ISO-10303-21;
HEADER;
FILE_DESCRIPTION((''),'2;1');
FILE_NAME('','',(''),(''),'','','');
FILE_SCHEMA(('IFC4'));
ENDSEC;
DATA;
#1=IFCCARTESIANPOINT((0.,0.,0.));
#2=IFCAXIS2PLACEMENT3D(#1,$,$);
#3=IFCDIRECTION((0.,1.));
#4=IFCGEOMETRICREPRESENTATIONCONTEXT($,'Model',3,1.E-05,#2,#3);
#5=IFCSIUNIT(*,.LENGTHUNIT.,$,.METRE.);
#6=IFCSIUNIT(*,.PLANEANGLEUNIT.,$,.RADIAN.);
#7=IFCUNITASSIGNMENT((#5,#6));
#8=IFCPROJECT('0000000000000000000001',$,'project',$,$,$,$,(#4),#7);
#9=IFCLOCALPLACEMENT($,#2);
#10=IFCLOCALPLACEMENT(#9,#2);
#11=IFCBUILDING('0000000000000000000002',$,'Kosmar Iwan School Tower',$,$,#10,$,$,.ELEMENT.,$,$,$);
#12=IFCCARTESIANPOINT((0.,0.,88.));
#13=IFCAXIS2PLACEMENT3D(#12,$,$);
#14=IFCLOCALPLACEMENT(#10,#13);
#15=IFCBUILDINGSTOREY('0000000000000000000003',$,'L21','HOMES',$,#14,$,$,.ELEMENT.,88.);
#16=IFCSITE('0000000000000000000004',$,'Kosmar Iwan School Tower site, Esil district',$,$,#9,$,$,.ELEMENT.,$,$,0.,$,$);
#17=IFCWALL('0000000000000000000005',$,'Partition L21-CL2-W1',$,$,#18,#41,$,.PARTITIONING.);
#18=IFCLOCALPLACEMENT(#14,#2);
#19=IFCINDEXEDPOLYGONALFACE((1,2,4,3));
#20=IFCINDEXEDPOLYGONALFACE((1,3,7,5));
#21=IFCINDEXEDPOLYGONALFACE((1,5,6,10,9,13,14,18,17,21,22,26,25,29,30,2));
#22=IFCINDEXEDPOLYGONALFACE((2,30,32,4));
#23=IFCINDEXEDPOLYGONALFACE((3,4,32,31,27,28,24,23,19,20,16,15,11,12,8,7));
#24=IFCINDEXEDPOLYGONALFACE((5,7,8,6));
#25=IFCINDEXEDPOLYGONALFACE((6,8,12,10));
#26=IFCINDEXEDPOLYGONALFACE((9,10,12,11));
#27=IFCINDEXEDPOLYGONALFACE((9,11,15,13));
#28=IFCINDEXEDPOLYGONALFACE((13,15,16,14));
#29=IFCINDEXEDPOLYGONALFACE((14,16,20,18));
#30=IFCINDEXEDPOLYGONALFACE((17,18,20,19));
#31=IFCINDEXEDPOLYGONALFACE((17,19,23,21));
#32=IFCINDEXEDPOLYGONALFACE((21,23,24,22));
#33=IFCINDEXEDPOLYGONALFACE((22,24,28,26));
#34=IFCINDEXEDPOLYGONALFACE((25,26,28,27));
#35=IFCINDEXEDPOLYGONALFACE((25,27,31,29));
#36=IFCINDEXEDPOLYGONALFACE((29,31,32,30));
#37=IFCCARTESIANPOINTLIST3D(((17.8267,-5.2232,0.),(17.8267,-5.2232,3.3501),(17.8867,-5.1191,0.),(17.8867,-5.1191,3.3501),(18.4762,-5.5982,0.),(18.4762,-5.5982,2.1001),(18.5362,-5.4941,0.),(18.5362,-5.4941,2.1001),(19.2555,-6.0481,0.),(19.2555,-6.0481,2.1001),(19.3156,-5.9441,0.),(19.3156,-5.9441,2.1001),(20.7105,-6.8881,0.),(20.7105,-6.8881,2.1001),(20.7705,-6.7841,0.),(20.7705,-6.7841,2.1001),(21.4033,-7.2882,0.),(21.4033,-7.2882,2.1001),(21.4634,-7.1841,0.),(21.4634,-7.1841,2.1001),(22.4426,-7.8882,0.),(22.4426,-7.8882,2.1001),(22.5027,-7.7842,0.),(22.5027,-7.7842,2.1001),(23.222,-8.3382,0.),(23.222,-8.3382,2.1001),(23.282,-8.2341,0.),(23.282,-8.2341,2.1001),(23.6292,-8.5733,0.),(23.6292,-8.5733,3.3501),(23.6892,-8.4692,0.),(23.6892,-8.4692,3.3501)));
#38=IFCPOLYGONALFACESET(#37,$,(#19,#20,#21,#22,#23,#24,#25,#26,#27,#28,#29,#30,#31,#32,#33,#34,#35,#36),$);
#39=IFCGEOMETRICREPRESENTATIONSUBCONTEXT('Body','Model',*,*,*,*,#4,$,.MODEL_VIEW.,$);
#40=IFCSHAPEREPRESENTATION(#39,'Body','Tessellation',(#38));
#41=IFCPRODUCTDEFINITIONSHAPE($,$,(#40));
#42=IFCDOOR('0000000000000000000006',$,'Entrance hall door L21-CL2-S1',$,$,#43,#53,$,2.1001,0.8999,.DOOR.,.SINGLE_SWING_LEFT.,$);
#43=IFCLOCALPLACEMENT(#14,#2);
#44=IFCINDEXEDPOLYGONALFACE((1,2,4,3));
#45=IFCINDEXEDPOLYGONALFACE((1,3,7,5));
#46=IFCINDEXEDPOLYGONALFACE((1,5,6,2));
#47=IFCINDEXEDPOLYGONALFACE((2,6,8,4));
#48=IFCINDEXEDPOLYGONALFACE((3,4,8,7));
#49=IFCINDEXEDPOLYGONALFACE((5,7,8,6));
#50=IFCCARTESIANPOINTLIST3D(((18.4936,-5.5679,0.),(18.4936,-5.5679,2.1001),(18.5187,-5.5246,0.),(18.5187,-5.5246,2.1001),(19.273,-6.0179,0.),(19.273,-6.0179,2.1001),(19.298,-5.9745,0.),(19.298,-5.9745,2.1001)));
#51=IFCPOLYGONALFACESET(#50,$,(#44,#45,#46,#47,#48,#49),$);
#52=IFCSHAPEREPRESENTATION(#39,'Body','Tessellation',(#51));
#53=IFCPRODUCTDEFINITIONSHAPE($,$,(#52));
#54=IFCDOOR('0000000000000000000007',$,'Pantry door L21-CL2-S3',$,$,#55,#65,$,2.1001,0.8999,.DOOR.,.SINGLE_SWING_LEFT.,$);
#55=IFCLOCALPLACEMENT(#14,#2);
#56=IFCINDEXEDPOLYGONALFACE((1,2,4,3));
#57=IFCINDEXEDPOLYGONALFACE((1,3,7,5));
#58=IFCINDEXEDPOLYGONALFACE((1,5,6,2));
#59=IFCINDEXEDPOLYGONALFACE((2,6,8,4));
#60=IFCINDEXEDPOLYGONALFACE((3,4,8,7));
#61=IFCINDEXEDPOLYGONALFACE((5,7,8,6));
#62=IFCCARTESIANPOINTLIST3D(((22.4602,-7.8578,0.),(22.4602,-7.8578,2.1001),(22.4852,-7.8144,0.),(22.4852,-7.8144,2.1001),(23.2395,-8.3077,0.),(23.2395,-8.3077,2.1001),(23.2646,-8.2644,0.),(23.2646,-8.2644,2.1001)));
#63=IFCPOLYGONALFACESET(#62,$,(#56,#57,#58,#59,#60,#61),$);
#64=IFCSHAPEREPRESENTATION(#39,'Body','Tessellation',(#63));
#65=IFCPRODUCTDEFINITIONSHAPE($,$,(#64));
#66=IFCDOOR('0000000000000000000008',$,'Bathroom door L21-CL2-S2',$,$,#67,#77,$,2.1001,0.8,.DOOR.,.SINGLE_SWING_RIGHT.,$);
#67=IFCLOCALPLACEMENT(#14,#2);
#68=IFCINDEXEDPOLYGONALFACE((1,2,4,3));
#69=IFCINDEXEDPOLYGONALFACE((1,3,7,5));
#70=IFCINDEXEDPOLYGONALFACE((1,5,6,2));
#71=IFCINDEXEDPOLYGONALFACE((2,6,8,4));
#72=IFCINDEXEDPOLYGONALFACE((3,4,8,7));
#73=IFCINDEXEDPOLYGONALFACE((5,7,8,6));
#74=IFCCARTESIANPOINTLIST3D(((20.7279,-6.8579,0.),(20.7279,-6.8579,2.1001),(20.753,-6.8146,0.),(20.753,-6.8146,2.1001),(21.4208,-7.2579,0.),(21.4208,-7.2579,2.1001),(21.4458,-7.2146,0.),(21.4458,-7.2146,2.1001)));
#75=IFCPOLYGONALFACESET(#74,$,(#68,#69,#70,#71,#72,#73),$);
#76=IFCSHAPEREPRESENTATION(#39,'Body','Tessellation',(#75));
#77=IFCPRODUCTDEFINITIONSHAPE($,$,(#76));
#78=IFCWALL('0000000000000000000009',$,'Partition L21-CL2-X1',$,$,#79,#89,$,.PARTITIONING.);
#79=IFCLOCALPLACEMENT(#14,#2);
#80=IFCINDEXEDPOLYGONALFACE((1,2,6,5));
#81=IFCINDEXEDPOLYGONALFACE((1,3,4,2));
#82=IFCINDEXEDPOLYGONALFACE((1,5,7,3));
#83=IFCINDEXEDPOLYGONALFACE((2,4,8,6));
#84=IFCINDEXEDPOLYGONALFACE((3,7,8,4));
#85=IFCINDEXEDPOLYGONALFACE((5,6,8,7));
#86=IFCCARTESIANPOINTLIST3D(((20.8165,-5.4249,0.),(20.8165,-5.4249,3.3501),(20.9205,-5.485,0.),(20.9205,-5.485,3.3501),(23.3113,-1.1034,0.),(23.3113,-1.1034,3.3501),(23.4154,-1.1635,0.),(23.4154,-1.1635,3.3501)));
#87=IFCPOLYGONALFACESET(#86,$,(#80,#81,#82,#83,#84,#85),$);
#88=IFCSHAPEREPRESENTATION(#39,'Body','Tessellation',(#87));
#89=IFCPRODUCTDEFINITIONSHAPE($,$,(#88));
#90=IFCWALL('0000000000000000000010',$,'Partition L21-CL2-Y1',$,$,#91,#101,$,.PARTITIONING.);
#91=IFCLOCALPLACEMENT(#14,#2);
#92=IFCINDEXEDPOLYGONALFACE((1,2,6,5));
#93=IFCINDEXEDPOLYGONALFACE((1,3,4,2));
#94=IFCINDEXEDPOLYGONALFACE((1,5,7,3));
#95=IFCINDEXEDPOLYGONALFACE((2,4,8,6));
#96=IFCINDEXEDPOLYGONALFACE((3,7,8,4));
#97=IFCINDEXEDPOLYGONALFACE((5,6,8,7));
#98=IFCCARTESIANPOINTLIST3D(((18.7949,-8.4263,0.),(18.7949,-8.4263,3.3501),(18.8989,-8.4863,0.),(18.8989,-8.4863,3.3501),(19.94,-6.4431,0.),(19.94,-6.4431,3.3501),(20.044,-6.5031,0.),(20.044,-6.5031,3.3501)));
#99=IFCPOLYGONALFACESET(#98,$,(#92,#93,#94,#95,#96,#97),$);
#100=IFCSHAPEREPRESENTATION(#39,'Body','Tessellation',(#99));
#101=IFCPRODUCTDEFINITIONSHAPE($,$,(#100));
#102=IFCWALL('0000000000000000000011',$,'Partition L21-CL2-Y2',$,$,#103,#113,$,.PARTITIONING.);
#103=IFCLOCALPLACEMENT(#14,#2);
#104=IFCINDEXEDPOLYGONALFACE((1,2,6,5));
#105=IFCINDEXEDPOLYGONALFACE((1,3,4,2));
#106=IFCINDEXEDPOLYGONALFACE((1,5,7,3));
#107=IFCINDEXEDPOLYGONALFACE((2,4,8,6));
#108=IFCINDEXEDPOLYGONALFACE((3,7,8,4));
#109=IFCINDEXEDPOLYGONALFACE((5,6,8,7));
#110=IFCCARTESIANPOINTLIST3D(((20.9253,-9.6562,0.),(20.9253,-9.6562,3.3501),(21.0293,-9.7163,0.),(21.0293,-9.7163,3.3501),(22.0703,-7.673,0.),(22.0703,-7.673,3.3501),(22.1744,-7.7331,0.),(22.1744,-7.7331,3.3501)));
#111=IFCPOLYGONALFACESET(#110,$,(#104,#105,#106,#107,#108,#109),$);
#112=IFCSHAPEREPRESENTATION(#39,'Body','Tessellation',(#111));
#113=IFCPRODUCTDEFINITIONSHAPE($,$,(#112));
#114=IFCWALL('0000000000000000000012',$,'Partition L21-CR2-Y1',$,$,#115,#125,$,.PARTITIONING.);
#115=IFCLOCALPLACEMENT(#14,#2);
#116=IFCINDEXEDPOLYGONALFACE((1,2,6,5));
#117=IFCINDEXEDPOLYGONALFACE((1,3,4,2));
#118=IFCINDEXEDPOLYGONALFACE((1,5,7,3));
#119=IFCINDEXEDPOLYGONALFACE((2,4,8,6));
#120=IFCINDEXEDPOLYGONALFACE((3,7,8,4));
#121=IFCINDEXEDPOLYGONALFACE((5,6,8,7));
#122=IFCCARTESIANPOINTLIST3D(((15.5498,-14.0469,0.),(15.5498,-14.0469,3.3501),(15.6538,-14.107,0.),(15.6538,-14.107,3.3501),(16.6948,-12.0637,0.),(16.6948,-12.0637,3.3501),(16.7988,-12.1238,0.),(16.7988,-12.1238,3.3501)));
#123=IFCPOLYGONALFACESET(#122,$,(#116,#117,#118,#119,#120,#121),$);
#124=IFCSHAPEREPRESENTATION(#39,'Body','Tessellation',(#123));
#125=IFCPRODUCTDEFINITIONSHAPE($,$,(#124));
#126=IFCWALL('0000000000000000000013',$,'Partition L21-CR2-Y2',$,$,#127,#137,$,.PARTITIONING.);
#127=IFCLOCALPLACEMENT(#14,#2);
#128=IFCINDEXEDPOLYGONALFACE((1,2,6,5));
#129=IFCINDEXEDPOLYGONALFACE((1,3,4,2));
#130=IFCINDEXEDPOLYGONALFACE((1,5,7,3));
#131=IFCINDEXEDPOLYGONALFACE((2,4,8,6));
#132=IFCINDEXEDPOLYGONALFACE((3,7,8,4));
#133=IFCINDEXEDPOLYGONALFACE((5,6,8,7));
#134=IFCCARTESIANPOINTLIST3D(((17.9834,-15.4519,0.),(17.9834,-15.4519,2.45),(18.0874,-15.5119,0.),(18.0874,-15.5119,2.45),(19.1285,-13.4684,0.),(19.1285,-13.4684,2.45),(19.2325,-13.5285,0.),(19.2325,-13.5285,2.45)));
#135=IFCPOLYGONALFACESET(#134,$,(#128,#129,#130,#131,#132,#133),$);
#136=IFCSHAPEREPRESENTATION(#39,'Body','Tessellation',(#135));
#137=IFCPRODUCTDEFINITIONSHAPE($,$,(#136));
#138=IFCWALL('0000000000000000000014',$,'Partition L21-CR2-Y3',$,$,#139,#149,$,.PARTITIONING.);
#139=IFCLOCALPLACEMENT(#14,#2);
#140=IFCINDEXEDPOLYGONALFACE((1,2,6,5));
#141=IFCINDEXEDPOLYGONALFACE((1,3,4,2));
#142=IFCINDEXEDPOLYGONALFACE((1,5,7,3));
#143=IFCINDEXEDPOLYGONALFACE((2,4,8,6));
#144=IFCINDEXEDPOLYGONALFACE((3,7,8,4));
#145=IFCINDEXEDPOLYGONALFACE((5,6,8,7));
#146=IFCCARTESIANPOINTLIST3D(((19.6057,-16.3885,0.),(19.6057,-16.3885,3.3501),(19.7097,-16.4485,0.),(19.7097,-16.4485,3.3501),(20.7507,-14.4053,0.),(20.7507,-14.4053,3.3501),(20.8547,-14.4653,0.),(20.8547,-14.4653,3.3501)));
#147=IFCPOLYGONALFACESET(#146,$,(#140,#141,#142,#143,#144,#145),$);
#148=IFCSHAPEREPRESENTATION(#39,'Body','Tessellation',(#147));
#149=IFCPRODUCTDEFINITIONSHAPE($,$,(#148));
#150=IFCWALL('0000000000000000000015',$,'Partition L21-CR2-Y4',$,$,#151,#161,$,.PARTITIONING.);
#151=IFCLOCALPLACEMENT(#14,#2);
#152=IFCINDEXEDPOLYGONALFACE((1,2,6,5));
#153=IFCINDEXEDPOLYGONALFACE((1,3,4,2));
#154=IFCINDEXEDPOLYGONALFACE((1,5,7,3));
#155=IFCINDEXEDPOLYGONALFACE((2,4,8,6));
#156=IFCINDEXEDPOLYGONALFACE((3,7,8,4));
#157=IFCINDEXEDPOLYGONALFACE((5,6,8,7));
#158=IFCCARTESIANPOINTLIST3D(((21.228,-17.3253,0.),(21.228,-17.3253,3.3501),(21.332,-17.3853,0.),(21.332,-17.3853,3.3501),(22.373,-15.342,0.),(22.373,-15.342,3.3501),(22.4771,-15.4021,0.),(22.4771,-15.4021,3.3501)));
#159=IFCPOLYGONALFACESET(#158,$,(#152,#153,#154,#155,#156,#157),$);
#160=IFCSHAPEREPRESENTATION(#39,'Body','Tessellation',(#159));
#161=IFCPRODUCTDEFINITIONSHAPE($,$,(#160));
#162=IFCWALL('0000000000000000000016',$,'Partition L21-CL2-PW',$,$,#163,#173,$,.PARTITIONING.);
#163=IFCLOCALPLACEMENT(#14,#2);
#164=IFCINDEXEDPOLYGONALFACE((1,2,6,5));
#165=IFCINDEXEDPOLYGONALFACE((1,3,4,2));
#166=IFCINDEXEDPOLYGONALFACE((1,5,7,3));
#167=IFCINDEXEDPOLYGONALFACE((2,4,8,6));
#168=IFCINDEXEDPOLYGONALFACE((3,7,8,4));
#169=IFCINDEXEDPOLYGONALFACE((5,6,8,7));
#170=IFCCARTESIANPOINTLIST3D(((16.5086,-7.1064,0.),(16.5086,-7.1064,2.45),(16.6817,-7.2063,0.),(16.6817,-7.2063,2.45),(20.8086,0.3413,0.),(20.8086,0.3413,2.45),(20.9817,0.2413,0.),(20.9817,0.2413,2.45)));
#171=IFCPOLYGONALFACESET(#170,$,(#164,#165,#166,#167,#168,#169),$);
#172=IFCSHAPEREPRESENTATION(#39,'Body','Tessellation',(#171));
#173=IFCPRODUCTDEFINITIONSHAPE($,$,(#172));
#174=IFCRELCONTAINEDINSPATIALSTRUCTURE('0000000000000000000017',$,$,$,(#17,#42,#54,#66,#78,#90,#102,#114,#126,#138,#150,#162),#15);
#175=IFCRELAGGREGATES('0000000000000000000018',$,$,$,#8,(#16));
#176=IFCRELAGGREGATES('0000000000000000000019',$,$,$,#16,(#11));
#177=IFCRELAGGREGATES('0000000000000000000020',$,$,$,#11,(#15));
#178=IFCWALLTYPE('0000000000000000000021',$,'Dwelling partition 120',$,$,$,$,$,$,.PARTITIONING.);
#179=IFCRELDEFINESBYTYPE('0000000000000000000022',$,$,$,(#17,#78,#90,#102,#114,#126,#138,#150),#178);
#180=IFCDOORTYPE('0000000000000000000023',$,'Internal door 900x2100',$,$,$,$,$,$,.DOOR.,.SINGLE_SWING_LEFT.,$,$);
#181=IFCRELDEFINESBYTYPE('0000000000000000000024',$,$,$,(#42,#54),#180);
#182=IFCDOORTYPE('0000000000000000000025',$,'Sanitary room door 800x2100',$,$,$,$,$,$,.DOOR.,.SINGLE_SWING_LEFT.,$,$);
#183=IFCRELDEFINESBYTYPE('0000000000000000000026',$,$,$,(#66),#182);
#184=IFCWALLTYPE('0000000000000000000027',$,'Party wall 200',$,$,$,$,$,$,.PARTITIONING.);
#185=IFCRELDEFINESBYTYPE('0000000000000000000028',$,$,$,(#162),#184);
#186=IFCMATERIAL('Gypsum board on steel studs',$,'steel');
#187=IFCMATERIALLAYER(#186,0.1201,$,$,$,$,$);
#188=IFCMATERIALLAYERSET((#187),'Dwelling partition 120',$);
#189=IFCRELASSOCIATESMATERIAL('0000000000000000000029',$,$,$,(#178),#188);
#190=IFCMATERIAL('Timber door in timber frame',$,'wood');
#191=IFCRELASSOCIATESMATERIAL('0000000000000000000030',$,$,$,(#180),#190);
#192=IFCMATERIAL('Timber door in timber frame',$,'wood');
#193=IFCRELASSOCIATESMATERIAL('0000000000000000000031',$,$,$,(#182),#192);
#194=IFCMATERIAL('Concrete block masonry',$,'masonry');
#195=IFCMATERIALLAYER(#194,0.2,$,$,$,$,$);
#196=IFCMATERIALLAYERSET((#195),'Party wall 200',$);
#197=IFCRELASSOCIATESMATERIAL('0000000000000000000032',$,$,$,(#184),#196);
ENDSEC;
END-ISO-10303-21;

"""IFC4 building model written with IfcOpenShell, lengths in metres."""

from ifc_helpers import new_model, si_unit, direction, frame, frame_2d, origin, place, context, subcontext, project, spatial, rectangle, extrude, material, layer, layer_set, type_object, element, fill, save


model = new_model("IFC4")

# Units and contexts
model_context = context("Model", 3, precision=1e-05, world=origin(), true_north=direction((0.0, 1.0)))
body_context = subcontext(model_context, "Body", "Model", "MODEL_VIEW")
ifc_project = project(units=[si_unit("LENGTHUNIT", "METRE"), si_unit("PLANEANGLEUNIT", "RADIAN")], contexts=[model_context])

# Site, building, storey
site_placement = place(None, origin())
site = spatial("IfcSite", under=ifc_project, at=site_placement, Name="Kosmar Iwan School Tower site, Esil district", CompositionType="ELEMENT", RefElevation=0.0)
building_placement = place(site_placement, origin())
building = spatial("IfcBuilding", under=site, at=building_placement, Name="Kosmar Iwan School Tower", CompositionType="ELEMENT")
storey_placement = place(building_placement, frame((0.0, 0.0, 88.0)))
storey = spatial("IfcBuildingStorey", under=building, at=storey_placement, Name="L21", Description="HOMES", CompositionType="ELEMENT", Elevation=88.0)

# Wall, openings, doors
ifc_material_1 = material(Name="Gypsum board on steel studs", Category="steel")
ifc_layer_1 = layer(ifc_material_1, 0.1201)
ifc_layer_set_1 = layer_set([ifc_layer_1], Name="Dwelling partition 120")
wall_type_1 = type_object("IfcWallType", Name="Dwelling partition 120", PredefinedType="PARTITIONING", material=ifc_layer_set_1)
wall_1_placement = place(storey_placement, frame((17.8567, -5.1711, 0.0), z_axis=(0.0, 0.0, 1.0), x_axis=(0.866024, -0.500003, 0.0)))
wall_1 = element("IfcWall", 1, at=wall_1_placement, inside=storey, type_object=wall_type_1, Name="Partition L21-CL2-W1", PredefinedType="PARTITIONING", context=body_context, shape_type="SweptSolid", body=[
    extrude(rectangle(XDim=6.7002, YDim=0.1201, at=frame_2d((3.3501, 0.0))), origin(), (0.0, 0.0, 1.0), 3.3501),
])
opening_1_placement = place(wall_1_placement, frame((0.75, 0.0, 0.0)))
opening_1 = element("IfcOpeningElement", 2, at=opening_1_placement, cuts=wall_1, PredefinedType="OPENING", context=body_context, shape_type="SweptSolid", body=[
    extrude(rectangle(XDim=0.8999, YDim=2.1001, at=frame_2d((0.45, 1.05))), frame((0.0, 0.072, 0.0), z_axis=(0.0, -1.0, 0.0), x_axis=(1.0, 0.0, 0.0)), (0.0, 0.0, 1.0), 0.144),
])
opening_2_placement = place(wall_1_placement, frame((3.3301, 0.0, 0.0)))
opening_2 = element("IfcOpeningElement", 3, at=opening_2_placement, cuts=wall_1, PredefinedType="OPENING", context=body_context, shape_type="SweptSolid", body=[
    extrude(rectangle(XDim=0.8, YDim=2.1001, at=frame_2d((0.3999, 1.05))), frame((0.0, 0.072, 0.0), z_axis=(0.0, -1.0, 0.0), x_axis=(1.0, 0.0, 0.0)), (0.0, 0.0, 1.0), 0.144),
])
opening_3_placement = place(wall_1_placement, frame((5.3301, 0.0, 0.0)))
opening_3 = element("IfcOpeningElement", 4, at=opening_3_placement, cuts=wall_1, PredefinedType="OPENING", context=body_context, shape_type="SweptSolid", body=[
    extrude(rectangle(XDim=0.8999, YDim=2.1001, at=frame_2d((0.45, 1.05))), frame((0.0, 0.072, 0.0), z_axis=(0.0, -1.0, 0.0), x_axis=(1.0, 0.0, 0.0)), (0.0, 0.0, 1.0), 0.144),
])
ifc_material_2 = material(Name="Timber door in timber frame", Category="wood")
door_type_1 = type_object("IfcDoorType", Name="Internal door 900x2100", OperationType="SINGLE_SWING_LEFT", PredefinedType="DOOR", material=ifc_material_2)
door_1_placement = place(opening_1_placement, origin())
door_1 = element("IfcDoor", 5, at=door_1_placement, inside=storey, type_object=door_type_1, Name="Entrance hall door L21-CL2-S1", OperationType="SINGLE_SWING_LEFT", OverallHeight=2.1001, OverallWidth=0.8999, PredefinedType="DOOR", context=body_context, shape_type="SweptSolid", body=[
    extrude(rectangle(XDim=0.8999, YDim=2.1001, at=frame_2d((0.45, 1.05))), frame((0.0, 0.0249, 0.0), z_axis=(0.0, -1.0, 0.0), x_axis=(1.0, 0.0, 0.0)), (0.0, 0.0, 1.0), 0.05),
])
fill(opening_1, door_1)
door_2_placement = place(opening_3_placement, frame((0.8999, 0.0, 0.0), z_axis=(0.0, 0.0, 1.0), x_axis=(-1.0, 0.0, 0.0)))
door_2 = element("IfcDoor", 6, at=door_2_placement, inside=storey, type_object=door_type_1, Name="Pantry door L21-CL2-S3", OperationType="SINGLE_SWING_LEFT", OverallHeight=2.1001, OverallWidth=0.8999, PredefinedType="DOOR", context=body_context, shape_type="SweptSolid", body=[
    extrude(rectangle(XDim=0.8999, YDim=2.1001, at=frame_2d((0.45, 1.05))), frame((0.0, 0.0249, 0.0), z_axis=(0.0, -1.0, 0.0), x_axis=(1.0, 0.0, 0.0)), (0.0, 0.0, 1.0), 0.05),
])
fill(opening_3, door_2)
ifc_material_3 = material(Name="Timber door in timber frame", Category="wood")
door_type_2 = type_object("IfcDoorType", Name="Sanitary room door 800x2100", OperationType="SINGLE_SWING_LEFT", PredefinedType="DOOR", material=ifc_material_3)
door_3_placement = place(opening_2_placement, origin())
door_3 = element("IfcDoor", 7, at=door_3_placement, inside=storey, type_object=door_type_2, Name="Bathroom door L21-CL2-S2", OperationType="SINGLE_SWING_RIGHT", OverallHeight=2.1001, OverallWidth=0.8, PredefinedType="DOOR", context=body_context, shape_type="SweptSolid", body=[
    extrude(rectangle(XDim=0.8, YDim=2.1001, at=frame_2d((0.3999, 1.05))), frame((0.0, 0.0249, 0.0), z_axis=(0.0, -1.0, 0.0), x_axis=(1.0, 0.0, 0.0)), (0.0, 0.0, 1.0), 0.05),
])
fill(opening_2, door_3)

# Walls
wall_2_placement = place(storey_placement, frame((20.8684, -5.4551, 0.0), z_axis=(0.0, 0.0, 1.0), x_axis=(0.499975, 0.86604, 0.0)))
element("IfcWall", 8, at=wall_2_placement, inside=storey, type_object=wall_type_1, Name="Partition L21-CL2-X1", PredefinedType="PARTITIONING", context=body_context, shape_type="SweptSolid", body=[
    extrude(rectangle(XDim=4.99, YDim=0.1201, at=frame_2d((2.4951, 0.0))), origin(), (0.0, 0.0, 1.0), 3.3501),
])
for number, where, z_axis, x_axis, name in (
    (9, (18.8469, -8.4563, 0.0), (0.0, 0.0, 1.0), (0.500015, 0.866017, 0.0), "Partition L21-CL2-Y1"),
    (10, (20.9773, -9.6863, 0.0), (0.0, 0.0, 1.0), (0.500015, 0.866017, 0.0), "Partition L21-CL2-Y2"),
    (11, (16.7468, -12.0938, 0.0), (0.0, 0.0, 1.0), (-0.500015, -0.866017, 0.0), "Partition L21-CR2-Y1"),
):
    element("IfcWall", number, at=place(storey_placement, frame(where, z_axis=z_axis, x_axis=x_axis)), inside=storey, type_object=wall_type_1, Name=name, PredefinedType="PARTITIONING", context=body_context, shape_type="SweptSolid", body=[
        extrude(rectangle(XDim=2.29, YDim=0.1201, at=frame_2d((1.145, 0.0))), origin(), (0.0, 0.0, 1.0), 3.3501),
    ])
wall_3_placement = place(storey_placement, frame((19.1804, -13.4985, 0.0), z_axis=(0.0, 0.0, 1.0), x_axis=(-0.499969, -0.866044, 0.0)))
element("IfcWall", 12, at=wall_3_placement, inside=storey, type_object=wall_type_1, Name="Partition L21-CR2-Y2", PredefinedType="PARTITIONING", context=body_context, shape_type="SweptSolid", body=[
    extrude(rectangle(XDim=2.2903, YDim=0.1201, at=frame_2d((1.145, 0.0))), origin(), (0.0, 0.0, 1.0), 2.45),
])
for number, where, z_axis, x_axis, name in (
    (13, (20.8027, -14.4353, 0.0), (0.0, 0.0, 1.0), (-0.500015, -0.866017, 0.0), "Partition L21-CR2-Y3"),
    (14, (22.425, -15.3721, 0.0), (0.0, 0.0, 1.0), (-0.500015, -0.866017, 0.0), "Partition L21-CR2-Y4"),
):
    element("IfcWall", number, at=place(storey_placement, frame(where, z_axis=z_axis, x_axis=x_axis)), inside=storey, type_object=wall_type_1, Name=name, PredefinedType="PARTITIONING", context=body_context, shape_type="SweptSolid", body=[
        extrude(rectangle(XDim=2.29, YDim=0.1201, at=frame_2d((1.145, 0.0))), origin(), (0.0, 0.0, 1.0), 3.3501),
    ])
ifc_material_4 = material(Name="Concrete block masonry", Category="masonry")
ifc_layer_2 = layer(ifc_material_4, 0.2)
ifc_layer_set_2 = layer_set([ifc_layer_2], Name="Party wall 200")
wall_type_2 = type_object("IfcWallType", Name="Party wall 200", PredefinedType="PARTITIONING", material=ifc_layer_set_2)
wall_4_placement = place(storey_placement, frame((16.5952, -7.1562, 0.0), z_axis=(0.0, 0.0, 1.0), x_axis=(0.500008, 0.866021, 0.0)))
element("IfcWall", 15, at=wall_4_placement, inside=storey, type_object=wall_type_2, Name="Partition L21-CL2-PW", PredefinedType="PARTITIONING", context=body_context, shape_type="SweptSolid", body=[
    extrude(rectangle(XDim=8.5999, YDim=0.2, at=frame_2d((4.2998, 0.0))), origin(), (0.0, 0.0, 1.0), 2.45),
])

save(model, "model.ifc")
